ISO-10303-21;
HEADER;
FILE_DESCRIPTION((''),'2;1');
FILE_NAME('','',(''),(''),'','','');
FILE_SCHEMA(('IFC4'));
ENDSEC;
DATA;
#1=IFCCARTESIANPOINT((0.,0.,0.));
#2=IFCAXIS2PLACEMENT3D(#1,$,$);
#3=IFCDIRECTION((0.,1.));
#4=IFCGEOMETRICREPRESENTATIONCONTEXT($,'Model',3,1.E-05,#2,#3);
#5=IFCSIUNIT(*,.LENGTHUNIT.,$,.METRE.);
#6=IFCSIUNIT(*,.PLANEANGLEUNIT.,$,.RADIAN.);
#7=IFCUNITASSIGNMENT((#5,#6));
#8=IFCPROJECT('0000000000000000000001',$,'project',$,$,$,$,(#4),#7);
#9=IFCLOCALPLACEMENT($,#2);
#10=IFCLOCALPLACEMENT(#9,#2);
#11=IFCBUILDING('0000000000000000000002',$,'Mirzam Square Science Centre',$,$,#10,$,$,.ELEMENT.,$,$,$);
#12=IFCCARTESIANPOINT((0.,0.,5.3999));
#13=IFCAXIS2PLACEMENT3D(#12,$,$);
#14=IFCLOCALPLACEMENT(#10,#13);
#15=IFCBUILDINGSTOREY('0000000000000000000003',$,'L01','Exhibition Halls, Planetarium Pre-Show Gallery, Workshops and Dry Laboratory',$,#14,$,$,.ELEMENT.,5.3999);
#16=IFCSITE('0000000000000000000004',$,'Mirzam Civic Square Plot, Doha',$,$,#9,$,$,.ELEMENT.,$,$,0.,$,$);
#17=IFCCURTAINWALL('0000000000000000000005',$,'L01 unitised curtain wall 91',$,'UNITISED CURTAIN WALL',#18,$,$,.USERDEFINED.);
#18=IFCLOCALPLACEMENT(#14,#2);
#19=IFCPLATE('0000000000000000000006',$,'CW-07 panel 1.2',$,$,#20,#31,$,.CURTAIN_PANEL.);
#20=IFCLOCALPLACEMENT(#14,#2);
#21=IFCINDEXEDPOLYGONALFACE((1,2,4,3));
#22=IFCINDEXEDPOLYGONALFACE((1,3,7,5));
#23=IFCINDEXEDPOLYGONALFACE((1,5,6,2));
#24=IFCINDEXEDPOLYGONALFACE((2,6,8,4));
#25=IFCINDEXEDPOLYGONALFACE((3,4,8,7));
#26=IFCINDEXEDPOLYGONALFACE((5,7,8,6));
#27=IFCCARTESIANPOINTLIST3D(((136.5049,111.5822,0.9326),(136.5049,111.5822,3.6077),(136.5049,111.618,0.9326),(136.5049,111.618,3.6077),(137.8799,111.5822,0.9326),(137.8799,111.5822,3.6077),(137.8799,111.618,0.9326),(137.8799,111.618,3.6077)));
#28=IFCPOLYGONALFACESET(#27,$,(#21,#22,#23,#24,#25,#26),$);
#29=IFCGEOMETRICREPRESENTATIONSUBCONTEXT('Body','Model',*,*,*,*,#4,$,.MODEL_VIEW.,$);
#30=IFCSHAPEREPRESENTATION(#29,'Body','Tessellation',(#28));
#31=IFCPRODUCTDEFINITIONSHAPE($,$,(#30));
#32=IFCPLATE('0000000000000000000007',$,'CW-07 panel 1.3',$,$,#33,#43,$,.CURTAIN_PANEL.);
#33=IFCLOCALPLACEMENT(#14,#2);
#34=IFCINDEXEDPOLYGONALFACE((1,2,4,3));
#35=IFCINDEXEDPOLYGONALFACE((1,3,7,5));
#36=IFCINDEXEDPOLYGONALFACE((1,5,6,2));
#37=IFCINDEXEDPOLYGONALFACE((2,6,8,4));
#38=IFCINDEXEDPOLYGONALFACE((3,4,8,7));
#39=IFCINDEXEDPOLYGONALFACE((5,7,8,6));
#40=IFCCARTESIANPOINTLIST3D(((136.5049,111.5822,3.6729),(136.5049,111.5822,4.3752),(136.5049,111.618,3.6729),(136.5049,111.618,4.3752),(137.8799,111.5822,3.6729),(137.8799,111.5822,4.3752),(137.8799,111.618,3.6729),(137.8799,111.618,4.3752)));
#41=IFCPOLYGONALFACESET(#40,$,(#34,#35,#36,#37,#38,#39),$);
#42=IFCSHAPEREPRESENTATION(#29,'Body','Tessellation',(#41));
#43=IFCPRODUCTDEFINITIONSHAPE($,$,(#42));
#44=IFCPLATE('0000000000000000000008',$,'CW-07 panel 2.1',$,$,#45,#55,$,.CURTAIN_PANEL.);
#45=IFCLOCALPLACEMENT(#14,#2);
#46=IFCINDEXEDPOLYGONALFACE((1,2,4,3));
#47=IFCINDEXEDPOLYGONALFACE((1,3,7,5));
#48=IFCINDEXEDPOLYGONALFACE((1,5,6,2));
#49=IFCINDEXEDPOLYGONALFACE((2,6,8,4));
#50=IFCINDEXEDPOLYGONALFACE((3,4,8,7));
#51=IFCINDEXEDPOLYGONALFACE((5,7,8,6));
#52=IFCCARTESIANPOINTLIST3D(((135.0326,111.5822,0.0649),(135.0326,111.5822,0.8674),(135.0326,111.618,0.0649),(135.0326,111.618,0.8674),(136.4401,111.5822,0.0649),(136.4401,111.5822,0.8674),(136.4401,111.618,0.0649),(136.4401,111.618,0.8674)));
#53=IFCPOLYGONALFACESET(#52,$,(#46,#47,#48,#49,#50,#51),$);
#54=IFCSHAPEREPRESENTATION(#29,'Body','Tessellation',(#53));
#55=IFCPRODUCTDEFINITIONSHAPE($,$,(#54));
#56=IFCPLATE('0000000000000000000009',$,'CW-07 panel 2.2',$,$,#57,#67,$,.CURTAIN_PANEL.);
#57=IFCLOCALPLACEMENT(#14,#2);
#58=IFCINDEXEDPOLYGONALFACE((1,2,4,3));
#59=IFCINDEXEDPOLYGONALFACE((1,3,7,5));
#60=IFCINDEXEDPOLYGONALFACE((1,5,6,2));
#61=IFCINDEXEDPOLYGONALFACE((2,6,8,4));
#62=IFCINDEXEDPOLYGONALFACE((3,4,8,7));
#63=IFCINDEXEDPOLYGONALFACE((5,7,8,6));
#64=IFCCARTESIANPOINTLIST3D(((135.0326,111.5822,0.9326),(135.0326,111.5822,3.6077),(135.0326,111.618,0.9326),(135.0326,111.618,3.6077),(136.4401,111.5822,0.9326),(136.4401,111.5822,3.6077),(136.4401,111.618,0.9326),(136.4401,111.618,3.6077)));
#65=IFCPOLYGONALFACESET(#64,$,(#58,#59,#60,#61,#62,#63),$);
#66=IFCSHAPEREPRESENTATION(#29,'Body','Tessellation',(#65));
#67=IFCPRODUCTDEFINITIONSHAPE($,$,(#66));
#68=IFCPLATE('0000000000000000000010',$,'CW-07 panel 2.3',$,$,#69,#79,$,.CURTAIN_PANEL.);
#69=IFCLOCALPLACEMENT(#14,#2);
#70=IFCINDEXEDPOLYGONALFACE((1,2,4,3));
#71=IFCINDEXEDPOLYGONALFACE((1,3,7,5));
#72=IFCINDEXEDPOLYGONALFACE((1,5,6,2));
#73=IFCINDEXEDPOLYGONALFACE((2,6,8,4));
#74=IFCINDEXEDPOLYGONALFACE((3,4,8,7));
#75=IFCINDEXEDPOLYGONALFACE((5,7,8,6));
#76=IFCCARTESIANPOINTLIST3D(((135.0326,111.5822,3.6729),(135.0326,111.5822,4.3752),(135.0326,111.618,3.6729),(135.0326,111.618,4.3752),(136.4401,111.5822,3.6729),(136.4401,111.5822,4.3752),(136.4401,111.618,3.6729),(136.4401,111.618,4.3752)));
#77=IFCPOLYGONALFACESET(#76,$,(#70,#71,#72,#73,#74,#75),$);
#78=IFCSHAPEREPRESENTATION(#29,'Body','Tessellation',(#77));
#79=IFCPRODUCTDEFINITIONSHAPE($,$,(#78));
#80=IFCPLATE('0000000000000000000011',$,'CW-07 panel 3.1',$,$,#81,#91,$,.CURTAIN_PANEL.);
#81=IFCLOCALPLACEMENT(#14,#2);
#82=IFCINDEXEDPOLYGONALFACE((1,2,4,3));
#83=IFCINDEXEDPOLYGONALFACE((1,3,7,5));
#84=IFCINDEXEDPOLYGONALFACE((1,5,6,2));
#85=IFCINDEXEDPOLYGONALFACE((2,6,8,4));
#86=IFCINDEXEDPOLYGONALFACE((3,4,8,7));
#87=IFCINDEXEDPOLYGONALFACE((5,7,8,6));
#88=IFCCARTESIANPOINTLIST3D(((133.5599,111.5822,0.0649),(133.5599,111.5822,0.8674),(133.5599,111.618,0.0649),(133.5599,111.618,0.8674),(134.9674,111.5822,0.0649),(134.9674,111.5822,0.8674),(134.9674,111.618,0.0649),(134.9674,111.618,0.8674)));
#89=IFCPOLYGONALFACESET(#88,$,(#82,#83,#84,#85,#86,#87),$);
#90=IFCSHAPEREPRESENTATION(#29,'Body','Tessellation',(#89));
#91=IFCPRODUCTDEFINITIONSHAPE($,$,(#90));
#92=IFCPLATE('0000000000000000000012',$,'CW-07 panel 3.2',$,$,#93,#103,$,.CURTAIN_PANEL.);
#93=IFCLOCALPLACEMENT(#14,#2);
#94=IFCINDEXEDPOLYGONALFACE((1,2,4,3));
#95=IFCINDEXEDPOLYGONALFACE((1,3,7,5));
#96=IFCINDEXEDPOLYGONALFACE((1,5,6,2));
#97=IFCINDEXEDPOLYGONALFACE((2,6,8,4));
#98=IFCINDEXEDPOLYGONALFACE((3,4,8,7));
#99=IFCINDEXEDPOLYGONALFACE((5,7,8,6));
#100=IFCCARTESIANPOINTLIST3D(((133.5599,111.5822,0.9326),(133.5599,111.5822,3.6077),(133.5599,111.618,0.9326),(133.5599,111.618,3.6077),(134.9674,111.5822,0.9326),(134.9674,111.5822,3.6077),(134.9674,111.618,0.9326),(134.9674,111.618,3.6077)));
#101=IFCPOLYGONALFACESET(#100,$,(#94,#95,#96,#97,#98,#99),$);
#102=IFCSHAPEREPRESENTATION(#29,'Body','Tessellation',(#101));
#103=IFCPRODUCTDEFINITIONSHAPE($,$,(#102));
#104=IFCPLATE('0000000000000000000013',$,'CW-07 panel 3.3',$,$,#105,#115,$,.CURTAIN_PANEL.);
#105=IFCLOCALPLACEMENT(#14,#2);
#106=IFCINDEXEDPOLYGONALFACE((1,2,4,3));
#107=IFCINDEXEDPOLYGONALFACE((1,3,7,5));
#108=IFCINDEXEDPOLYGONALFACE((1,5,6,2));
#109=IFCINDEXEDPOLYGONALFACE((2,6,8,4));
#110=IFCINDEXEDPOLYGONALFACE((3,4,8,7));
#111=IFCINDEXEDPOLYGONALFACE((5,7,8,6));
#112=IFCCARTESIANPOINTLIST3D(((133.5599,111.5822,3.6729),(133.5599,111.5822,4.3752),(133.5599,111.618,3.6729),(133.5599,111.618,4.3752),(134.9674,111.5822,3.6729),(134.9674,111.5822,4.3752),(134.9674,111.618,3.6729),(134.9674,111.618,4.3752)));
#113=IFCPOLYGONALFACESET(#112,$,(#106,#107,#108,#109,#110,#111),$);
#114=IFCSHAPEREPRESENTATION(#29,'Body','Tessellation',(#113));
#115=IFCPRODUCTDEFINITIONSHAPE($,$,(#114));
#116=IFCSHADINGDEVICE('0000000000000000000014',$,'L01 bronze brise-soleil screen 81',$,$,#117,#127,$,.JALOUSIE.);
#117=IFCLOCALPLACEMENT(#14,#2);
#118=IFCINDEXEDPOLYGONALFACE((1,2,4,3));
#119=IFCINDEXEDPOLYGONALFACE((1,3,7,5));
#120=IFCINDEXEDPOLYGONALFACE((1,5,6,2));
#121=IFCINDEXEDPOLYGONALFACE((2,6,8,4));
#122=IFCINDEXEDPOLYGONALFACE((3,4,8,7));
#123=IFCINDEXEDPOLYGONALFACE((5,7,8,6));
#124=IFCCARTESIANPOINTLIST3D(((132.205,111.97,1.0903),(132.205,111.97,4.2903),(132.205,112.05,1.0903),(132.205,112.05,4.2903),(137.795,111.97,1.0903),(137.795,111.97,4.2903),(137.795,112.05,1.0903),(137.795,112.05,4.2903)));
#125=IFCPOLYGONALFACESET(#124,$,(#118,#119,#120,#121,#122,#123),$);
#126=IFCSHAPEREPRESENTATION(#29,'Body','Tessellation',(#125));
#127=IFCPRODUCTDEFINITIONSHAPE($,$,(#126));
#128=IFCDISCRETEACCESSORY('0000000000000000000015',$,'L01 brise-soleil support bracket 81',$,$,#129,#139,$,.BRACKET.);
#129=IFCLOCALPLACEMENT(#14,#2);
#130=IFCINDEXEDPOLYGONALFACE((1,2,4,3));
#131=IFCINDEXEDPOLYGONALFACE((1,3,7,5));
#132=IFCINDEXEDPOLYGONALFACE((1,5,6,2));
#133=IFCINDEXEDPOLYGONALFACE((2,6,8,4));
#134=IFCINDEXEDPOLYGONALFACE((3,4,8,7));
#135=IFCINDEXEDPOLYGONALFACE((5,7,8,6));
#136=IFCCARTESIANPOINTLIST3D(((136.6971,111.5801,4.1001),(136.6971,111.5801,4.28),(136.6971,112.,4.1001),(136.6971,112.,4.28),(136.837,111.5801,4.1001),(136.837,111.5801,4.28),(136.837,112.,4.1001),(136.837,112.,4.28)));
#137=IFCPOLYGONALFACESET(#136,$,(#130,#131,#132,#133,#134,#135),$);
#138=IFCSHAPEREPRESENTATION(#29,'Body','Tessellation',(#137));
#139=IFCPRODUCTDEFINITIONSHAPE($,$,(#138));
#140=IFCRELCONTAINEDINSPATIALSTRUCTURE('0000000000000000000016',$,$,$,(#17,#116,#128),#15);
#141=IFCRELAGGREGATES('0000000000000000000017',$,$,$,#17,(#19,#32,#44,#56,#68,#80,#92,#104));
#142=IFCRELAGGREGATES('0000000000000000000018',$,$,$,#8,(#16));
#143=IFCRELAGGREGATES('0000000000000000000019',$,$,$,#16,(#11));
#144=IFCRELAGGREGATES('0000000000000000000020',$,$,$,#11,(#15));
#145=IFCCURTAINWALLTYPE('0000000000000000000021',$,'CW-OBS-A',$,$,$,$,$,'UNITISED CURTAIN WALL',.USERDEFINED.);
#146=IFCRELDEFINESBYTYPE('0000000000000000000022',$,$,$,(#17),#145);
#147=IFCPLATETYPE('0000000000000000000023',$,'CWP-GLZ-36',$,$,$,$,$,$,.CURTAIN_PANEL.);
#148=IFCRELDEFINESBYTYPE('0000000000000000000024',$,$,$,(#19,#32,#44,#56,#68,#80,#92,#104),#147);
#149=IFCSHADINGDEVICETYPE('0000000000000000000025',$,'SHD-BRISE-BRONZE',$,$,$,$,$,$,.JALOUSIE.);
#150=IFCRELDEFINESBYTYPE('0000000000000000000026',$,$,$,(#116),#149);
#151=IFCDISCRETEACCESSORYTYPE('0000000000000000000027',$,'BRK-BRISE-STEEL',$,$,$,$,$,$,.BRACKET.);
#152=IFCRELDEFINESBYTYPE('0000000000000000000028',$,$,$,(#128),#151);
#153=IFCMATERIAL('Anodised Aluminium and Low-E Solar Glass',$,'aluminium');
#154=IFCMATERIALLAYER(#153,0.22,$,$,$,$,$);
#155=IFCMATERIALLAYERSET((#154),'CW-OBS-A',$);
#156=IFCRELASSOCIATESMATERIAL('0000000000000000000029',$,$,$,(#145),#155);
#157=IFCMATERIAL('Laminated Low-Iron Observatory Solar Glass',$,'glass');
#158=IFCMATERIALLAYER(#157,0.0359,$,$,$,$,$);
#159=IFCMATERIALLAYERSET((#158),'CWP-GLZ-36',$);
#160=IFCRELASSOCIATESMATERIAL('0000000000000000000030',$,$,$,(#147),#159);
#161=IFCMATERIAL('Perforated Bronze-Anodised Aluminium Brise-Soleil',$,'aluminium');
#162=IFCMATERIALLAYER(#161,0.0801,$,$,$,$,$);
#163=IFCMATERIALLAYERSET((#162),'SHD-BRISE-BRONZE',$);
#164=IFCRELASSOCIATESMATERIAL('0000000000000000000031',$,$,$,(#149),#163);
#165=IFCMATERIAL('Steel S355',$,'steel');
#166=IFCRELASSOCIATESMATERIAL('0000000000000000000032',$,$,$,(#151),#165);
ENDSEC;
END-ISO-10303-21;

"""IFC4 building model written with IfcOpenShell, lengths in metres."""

from ifc_helpers import new_model, si_unit, direction, frame, origin, origin_2d, place, context, subcontext, project, spatial, rectangle, extrude, material, layer, layer_set, type_object, element, aggregate, save


model = new_model("IFC4")

# Units and contexts
model_context = context("Model", 3, precision=1e-05, world=origin(), true_north=direction((0.0, 1.0)))
body_context = subcontext(model_context, "Body", "Model", "MODEL_VIEW")
ifc_project = project(units=[si_unit("LENGTHUNIT", "METRE"), si_unit("PLANEANGLEUNIT", "RADIAN")], contexts=[model_context])

# Site, building, storey
site_placement = place(None, origin())
site = spatial("IfcSite", under=ifc_project, at=site_placement, Name="Mirzam Civic Square Plot, Doha", CompositionType="ELEMENT", RefElevation=0.0)
building_placement = place(site_placement, origin())
building = spatial("IfcBuilding", under=site, at=building_placement, Name="Mirzam Square Science Centre", CompositionType="ELEMENT")
storey_placement = place(building_placement, frame((0.0, 0.0, 5.3999)))
storey = spatial("IfcBuildingStorey", under=building, at=storey_placement, Name="L01", Description="Exhibition Halls, Planetarium Pre-Show Gallery, Workshops and Dry Laboratory", CompositionType="ELEMENT", Elevation=5.3999)

# Curtain wall, plates
ifc_material_1 = material(Name="Anodised Aluminium and Low-E Solar Glass", Category="aluminium")
ifc_layer_1 = layer(ifc_material_1, 0.22)
ifc_layer_set_1 = layer_set([ifc_layer_1], Name="CW-OBS-A")
curtain_wall_type = type_object("IfcCurtainWallType", Name="CW-OBS-A", ElementType="UNITISED CURTAIN WALL", PredefinedType="USERDEFINED", material=ifc_layer_set_1)
curtain_wall_placement = place(storey_placement, origin())
curtain_wall = element("IfcCurtainWall", 1, at=curtain_wall_placement, inside=storey, type_object=curtain_wall_type, Name="L01 unitised curtain wall 91", ObjectType="UNITISED CURTAIN WALL", PredefinedType="USERDEFINED")
ifc_material_2 = material(Name="Laminated Low-Iron Observatory Solar Glass", Category="glass")
ifc_layer_2 = layer(ifc_material_2, 0.0359)
ifc_layer_set_2 = layer_set([ifc_layer_2], Name="CWP-GLZ-36")
plate_type = type_object("IfcPlateType", Name="CWP-GLZ-36", PredefinedType="CURTAIN_PANEL", material=ifc_layer_set_2)
plate_1_placement = place(storey_placement, frame((137.1924, 111.6001, 0.9326), z_axis=(0.0, 0.0, 1.0), x_axis=(-1.0, 0.0, 0.0)))
plate_1 = element("IfcPlate", 2, at=plate_1_placement, type_object=plate_type, Name="CW-07 panel 1.2", PredefinedType="CURTAIN_PANEL", context=body_context, shape_type="SweptSolid", body=[
    extrude(rectangle(XDim=1.375, YDim=0.0359, at=origin_2d()), origin(), (0.0, 0.0, 1.0), 2.675),
])
plate_2_placement = place(storey_placement, frame((137.1924, 111.6001, 3.6729), z_axis=(0.0, 0.0, 1.0), x_axis=(-1.0, 0.0, 0.0)))
plate_2 = element("IfcPlate", 3, at=plate_2_placement, type_object=plate_type, Name="CW-07 panel 1.3", PredefinedType="CURTAIN_PANEL", context=body_context, shape_type="SweptSolid", body=[
    extrude(rectangle(XDim=1.375, YDim=0.0359, at=origin_2d()), origin(), (0.0, 0.0, 1.0), 0.7024),
])
plate_3_placement = place(storey_placement, frame((135.7363, 111.6001, 0.0649), z_axis=(0.0, 0.0, 1.0), x_axis=(-1.0, 0.0, 0.0)))
plate_3 = element("IfcPlate", 4, at=plate_3_placement, type_object=plate_type, Name="CW-07 panel 2.1", PredefinedType="CURTAIN_PANEL", context=body_context, shape_type="SweptSolid", body=[
    extrude(rectangle(XDim=1.4075, YDim=0.0359, at=origin_2d()), origin(), (0.0, 0.0, 1.0), 0.8025),
])
plate_4_placement = place(storey_placement, frame((135.7363, 111.6001, 0.9326), z_axis=(0.0, 0.0, 1.0), x_axis=(-1.0, 0.0, 0.0)))
plate_4 = element("IfcPlate", 5, at=plate_4_placement, type_object=plate_type, Name="CW-07 panel 2.2", PredefinedType="CURTAIN_PANEL", context=body_context, shape_type="SweptSolid", body=[
    extrude(rectangle(XDim=1.4075, YDim=0.0359, at=origin_2d()), origin(), (0.0, 0.0, 1.0), 2.675),
])
plate_5_placement = place(storey_placement, frame((135.7363, 111.6001, 3.6729), z_axis=(0.0, 0.0, 1.0), x_axis=(-1.0, 0.0, 0.0)))
plate_5 = element("IfcPlate", 6, at=plate_5_placement, type_object=plate_type, Name="CW-07 panel 2.3", PredefinedType="CURTAIN_PANEL", context=body_context, shape_type="SweptSolid", body=[
    extrude(rectangle(XDim=1.4075, YDim=0.0359, at=origin_2d()), origin(), (0.0, 0.0, 1.0), 0.7024),
])
plate_6_placement = place(storey_placement, frame((134.2637, 111.6001, 0.0649), z_axis=(0.0, 0.0, 1.0), x_axis=(-1.0, 0.0, 0.0)))
plate_6 = element("IfcPlate", 7, at=plate_6_placement, type_object=plate_type, Name="CW-07 panel 3.1", PredefinedType="CURTAIN_PANEL", context=body_context, shape_type="SweptSolid", body=[
    extrude(rectangle(XDim=1.4075, YDim=0.0359, at=origin_2d()), origin(), (0.0, 0.0, 1.0), 0.8025),
])
plate_7_placement = place(storey_placement, frame((134.2637, 111.6001, 0.9326), z_axis=(0.0, 0.0, 1.0), x_axis=(-1.0, 0.0, 0.0)))
plate_7 = element("IfcPlate", 8, at=plate_7_placement, type_object=plate_type, Name="CW-07 panel 3.2", PredefinedType="CURTAIN_PANEL", context=body_context, shape_type="SweptSolid", body=[
    extrude(rectangle(XDim=1.4075, YDim=0.0359, at=origin_2d()), origin(), (0.0, 0.0, 1.0), 2.675),
])
plate_8_placement = place(storey_placement, frame((134.2637, 111.6001, 3.6729), z_axis=(0.0, 0.0, 1.0), x_axis=(-1.0, 0.0, 0.0)))
plate_8 = element("IfcPlate", 9, at=plate_8_placement, type_object=plate_type, Name="CW-07 panel 3.3", PredefinedType="CURTAIN_PANEL", context=body_context, shape_type="SweptSolid", body=[
    extrude(rectangle(XDim=1.4075, YDim=0.0359, at=origin_2d()), origin(), (0.0, 0.0, 1.0), 0.7024),
])
aggregate(curtain_wall, [plate_1, plate_2, plate_3, plate_4, plate_5, plate_6, plate_7, plate_8])

# Shading device
ifc_material_3 = material(Name="Perforated Bronze-Anodised Aluminium Brise-Soleil", Category="aluminium")
ifc_layer_3 = layer(ifc_material_3, 0.0801)
ifc_layer_set_3 = layer_set([ifc_layer_3], Name="SHD-BRISE-BRONZE")
shading_device_type = type_object("IfcShadingDeviceType", Name="SHD-BRISE-BRONZE", PredefinedType="JALOUSIE", material=ifc_layer_set_3)
shading_device_placement = place(storey_placement, frame((135.0, 112.01, 1.0903), z_axis=(0.0, 0.0, 1.0), x_axis=(-1.0, 0.0, 0.0)))
element("IfcShadingDevice", 10, at=shading_device_placement, inside=storey, type_object=shading_device_type, Name="L01 bronze brise-soleil screen 81", PredefinedType="JALOUSIE", context=body_context, shape_type="SweptSolid", body=[
    extrude(rectangle(XDim=5.5901, YDim=0.0801, at=origin_2d()), origin(), (0.0, 0.0, 1.0), 3.2),
])

# Discrete accessory
ifc_material_4 = material(Name="Steel S355", Category="steel")
discrete_accessory_type = type_object("IfcDiscreteAccessoryType", Name="BRK-BRISE-STEEL", PredefinedType="BRACKET", material=ifc_material_4)
discrete_accessory_placement = place(storey_placement, frame((136.7671, 111.79, 4.1001), z_axis=(0.0, 0.0, 1.0), x_axis=(-1.0, 0.0, 0.0)))
element("IfcDiscreteAccessory", 11, at=discrete_accessory_placement, inside=storey, type_object=discrete_accessory_type, Name="L01 brise-soleil support bracket 81", PredefinedType="BRACKET", context=body_context, shape_type="SweptSolid", body=[
    extrude(rectangle(XDim=0.1399, YDim=0.4199, at=origin_2d()), origin(), (0.0, 0.0, 1.0), 0.1799),
])

save(model, "model.ifc")
